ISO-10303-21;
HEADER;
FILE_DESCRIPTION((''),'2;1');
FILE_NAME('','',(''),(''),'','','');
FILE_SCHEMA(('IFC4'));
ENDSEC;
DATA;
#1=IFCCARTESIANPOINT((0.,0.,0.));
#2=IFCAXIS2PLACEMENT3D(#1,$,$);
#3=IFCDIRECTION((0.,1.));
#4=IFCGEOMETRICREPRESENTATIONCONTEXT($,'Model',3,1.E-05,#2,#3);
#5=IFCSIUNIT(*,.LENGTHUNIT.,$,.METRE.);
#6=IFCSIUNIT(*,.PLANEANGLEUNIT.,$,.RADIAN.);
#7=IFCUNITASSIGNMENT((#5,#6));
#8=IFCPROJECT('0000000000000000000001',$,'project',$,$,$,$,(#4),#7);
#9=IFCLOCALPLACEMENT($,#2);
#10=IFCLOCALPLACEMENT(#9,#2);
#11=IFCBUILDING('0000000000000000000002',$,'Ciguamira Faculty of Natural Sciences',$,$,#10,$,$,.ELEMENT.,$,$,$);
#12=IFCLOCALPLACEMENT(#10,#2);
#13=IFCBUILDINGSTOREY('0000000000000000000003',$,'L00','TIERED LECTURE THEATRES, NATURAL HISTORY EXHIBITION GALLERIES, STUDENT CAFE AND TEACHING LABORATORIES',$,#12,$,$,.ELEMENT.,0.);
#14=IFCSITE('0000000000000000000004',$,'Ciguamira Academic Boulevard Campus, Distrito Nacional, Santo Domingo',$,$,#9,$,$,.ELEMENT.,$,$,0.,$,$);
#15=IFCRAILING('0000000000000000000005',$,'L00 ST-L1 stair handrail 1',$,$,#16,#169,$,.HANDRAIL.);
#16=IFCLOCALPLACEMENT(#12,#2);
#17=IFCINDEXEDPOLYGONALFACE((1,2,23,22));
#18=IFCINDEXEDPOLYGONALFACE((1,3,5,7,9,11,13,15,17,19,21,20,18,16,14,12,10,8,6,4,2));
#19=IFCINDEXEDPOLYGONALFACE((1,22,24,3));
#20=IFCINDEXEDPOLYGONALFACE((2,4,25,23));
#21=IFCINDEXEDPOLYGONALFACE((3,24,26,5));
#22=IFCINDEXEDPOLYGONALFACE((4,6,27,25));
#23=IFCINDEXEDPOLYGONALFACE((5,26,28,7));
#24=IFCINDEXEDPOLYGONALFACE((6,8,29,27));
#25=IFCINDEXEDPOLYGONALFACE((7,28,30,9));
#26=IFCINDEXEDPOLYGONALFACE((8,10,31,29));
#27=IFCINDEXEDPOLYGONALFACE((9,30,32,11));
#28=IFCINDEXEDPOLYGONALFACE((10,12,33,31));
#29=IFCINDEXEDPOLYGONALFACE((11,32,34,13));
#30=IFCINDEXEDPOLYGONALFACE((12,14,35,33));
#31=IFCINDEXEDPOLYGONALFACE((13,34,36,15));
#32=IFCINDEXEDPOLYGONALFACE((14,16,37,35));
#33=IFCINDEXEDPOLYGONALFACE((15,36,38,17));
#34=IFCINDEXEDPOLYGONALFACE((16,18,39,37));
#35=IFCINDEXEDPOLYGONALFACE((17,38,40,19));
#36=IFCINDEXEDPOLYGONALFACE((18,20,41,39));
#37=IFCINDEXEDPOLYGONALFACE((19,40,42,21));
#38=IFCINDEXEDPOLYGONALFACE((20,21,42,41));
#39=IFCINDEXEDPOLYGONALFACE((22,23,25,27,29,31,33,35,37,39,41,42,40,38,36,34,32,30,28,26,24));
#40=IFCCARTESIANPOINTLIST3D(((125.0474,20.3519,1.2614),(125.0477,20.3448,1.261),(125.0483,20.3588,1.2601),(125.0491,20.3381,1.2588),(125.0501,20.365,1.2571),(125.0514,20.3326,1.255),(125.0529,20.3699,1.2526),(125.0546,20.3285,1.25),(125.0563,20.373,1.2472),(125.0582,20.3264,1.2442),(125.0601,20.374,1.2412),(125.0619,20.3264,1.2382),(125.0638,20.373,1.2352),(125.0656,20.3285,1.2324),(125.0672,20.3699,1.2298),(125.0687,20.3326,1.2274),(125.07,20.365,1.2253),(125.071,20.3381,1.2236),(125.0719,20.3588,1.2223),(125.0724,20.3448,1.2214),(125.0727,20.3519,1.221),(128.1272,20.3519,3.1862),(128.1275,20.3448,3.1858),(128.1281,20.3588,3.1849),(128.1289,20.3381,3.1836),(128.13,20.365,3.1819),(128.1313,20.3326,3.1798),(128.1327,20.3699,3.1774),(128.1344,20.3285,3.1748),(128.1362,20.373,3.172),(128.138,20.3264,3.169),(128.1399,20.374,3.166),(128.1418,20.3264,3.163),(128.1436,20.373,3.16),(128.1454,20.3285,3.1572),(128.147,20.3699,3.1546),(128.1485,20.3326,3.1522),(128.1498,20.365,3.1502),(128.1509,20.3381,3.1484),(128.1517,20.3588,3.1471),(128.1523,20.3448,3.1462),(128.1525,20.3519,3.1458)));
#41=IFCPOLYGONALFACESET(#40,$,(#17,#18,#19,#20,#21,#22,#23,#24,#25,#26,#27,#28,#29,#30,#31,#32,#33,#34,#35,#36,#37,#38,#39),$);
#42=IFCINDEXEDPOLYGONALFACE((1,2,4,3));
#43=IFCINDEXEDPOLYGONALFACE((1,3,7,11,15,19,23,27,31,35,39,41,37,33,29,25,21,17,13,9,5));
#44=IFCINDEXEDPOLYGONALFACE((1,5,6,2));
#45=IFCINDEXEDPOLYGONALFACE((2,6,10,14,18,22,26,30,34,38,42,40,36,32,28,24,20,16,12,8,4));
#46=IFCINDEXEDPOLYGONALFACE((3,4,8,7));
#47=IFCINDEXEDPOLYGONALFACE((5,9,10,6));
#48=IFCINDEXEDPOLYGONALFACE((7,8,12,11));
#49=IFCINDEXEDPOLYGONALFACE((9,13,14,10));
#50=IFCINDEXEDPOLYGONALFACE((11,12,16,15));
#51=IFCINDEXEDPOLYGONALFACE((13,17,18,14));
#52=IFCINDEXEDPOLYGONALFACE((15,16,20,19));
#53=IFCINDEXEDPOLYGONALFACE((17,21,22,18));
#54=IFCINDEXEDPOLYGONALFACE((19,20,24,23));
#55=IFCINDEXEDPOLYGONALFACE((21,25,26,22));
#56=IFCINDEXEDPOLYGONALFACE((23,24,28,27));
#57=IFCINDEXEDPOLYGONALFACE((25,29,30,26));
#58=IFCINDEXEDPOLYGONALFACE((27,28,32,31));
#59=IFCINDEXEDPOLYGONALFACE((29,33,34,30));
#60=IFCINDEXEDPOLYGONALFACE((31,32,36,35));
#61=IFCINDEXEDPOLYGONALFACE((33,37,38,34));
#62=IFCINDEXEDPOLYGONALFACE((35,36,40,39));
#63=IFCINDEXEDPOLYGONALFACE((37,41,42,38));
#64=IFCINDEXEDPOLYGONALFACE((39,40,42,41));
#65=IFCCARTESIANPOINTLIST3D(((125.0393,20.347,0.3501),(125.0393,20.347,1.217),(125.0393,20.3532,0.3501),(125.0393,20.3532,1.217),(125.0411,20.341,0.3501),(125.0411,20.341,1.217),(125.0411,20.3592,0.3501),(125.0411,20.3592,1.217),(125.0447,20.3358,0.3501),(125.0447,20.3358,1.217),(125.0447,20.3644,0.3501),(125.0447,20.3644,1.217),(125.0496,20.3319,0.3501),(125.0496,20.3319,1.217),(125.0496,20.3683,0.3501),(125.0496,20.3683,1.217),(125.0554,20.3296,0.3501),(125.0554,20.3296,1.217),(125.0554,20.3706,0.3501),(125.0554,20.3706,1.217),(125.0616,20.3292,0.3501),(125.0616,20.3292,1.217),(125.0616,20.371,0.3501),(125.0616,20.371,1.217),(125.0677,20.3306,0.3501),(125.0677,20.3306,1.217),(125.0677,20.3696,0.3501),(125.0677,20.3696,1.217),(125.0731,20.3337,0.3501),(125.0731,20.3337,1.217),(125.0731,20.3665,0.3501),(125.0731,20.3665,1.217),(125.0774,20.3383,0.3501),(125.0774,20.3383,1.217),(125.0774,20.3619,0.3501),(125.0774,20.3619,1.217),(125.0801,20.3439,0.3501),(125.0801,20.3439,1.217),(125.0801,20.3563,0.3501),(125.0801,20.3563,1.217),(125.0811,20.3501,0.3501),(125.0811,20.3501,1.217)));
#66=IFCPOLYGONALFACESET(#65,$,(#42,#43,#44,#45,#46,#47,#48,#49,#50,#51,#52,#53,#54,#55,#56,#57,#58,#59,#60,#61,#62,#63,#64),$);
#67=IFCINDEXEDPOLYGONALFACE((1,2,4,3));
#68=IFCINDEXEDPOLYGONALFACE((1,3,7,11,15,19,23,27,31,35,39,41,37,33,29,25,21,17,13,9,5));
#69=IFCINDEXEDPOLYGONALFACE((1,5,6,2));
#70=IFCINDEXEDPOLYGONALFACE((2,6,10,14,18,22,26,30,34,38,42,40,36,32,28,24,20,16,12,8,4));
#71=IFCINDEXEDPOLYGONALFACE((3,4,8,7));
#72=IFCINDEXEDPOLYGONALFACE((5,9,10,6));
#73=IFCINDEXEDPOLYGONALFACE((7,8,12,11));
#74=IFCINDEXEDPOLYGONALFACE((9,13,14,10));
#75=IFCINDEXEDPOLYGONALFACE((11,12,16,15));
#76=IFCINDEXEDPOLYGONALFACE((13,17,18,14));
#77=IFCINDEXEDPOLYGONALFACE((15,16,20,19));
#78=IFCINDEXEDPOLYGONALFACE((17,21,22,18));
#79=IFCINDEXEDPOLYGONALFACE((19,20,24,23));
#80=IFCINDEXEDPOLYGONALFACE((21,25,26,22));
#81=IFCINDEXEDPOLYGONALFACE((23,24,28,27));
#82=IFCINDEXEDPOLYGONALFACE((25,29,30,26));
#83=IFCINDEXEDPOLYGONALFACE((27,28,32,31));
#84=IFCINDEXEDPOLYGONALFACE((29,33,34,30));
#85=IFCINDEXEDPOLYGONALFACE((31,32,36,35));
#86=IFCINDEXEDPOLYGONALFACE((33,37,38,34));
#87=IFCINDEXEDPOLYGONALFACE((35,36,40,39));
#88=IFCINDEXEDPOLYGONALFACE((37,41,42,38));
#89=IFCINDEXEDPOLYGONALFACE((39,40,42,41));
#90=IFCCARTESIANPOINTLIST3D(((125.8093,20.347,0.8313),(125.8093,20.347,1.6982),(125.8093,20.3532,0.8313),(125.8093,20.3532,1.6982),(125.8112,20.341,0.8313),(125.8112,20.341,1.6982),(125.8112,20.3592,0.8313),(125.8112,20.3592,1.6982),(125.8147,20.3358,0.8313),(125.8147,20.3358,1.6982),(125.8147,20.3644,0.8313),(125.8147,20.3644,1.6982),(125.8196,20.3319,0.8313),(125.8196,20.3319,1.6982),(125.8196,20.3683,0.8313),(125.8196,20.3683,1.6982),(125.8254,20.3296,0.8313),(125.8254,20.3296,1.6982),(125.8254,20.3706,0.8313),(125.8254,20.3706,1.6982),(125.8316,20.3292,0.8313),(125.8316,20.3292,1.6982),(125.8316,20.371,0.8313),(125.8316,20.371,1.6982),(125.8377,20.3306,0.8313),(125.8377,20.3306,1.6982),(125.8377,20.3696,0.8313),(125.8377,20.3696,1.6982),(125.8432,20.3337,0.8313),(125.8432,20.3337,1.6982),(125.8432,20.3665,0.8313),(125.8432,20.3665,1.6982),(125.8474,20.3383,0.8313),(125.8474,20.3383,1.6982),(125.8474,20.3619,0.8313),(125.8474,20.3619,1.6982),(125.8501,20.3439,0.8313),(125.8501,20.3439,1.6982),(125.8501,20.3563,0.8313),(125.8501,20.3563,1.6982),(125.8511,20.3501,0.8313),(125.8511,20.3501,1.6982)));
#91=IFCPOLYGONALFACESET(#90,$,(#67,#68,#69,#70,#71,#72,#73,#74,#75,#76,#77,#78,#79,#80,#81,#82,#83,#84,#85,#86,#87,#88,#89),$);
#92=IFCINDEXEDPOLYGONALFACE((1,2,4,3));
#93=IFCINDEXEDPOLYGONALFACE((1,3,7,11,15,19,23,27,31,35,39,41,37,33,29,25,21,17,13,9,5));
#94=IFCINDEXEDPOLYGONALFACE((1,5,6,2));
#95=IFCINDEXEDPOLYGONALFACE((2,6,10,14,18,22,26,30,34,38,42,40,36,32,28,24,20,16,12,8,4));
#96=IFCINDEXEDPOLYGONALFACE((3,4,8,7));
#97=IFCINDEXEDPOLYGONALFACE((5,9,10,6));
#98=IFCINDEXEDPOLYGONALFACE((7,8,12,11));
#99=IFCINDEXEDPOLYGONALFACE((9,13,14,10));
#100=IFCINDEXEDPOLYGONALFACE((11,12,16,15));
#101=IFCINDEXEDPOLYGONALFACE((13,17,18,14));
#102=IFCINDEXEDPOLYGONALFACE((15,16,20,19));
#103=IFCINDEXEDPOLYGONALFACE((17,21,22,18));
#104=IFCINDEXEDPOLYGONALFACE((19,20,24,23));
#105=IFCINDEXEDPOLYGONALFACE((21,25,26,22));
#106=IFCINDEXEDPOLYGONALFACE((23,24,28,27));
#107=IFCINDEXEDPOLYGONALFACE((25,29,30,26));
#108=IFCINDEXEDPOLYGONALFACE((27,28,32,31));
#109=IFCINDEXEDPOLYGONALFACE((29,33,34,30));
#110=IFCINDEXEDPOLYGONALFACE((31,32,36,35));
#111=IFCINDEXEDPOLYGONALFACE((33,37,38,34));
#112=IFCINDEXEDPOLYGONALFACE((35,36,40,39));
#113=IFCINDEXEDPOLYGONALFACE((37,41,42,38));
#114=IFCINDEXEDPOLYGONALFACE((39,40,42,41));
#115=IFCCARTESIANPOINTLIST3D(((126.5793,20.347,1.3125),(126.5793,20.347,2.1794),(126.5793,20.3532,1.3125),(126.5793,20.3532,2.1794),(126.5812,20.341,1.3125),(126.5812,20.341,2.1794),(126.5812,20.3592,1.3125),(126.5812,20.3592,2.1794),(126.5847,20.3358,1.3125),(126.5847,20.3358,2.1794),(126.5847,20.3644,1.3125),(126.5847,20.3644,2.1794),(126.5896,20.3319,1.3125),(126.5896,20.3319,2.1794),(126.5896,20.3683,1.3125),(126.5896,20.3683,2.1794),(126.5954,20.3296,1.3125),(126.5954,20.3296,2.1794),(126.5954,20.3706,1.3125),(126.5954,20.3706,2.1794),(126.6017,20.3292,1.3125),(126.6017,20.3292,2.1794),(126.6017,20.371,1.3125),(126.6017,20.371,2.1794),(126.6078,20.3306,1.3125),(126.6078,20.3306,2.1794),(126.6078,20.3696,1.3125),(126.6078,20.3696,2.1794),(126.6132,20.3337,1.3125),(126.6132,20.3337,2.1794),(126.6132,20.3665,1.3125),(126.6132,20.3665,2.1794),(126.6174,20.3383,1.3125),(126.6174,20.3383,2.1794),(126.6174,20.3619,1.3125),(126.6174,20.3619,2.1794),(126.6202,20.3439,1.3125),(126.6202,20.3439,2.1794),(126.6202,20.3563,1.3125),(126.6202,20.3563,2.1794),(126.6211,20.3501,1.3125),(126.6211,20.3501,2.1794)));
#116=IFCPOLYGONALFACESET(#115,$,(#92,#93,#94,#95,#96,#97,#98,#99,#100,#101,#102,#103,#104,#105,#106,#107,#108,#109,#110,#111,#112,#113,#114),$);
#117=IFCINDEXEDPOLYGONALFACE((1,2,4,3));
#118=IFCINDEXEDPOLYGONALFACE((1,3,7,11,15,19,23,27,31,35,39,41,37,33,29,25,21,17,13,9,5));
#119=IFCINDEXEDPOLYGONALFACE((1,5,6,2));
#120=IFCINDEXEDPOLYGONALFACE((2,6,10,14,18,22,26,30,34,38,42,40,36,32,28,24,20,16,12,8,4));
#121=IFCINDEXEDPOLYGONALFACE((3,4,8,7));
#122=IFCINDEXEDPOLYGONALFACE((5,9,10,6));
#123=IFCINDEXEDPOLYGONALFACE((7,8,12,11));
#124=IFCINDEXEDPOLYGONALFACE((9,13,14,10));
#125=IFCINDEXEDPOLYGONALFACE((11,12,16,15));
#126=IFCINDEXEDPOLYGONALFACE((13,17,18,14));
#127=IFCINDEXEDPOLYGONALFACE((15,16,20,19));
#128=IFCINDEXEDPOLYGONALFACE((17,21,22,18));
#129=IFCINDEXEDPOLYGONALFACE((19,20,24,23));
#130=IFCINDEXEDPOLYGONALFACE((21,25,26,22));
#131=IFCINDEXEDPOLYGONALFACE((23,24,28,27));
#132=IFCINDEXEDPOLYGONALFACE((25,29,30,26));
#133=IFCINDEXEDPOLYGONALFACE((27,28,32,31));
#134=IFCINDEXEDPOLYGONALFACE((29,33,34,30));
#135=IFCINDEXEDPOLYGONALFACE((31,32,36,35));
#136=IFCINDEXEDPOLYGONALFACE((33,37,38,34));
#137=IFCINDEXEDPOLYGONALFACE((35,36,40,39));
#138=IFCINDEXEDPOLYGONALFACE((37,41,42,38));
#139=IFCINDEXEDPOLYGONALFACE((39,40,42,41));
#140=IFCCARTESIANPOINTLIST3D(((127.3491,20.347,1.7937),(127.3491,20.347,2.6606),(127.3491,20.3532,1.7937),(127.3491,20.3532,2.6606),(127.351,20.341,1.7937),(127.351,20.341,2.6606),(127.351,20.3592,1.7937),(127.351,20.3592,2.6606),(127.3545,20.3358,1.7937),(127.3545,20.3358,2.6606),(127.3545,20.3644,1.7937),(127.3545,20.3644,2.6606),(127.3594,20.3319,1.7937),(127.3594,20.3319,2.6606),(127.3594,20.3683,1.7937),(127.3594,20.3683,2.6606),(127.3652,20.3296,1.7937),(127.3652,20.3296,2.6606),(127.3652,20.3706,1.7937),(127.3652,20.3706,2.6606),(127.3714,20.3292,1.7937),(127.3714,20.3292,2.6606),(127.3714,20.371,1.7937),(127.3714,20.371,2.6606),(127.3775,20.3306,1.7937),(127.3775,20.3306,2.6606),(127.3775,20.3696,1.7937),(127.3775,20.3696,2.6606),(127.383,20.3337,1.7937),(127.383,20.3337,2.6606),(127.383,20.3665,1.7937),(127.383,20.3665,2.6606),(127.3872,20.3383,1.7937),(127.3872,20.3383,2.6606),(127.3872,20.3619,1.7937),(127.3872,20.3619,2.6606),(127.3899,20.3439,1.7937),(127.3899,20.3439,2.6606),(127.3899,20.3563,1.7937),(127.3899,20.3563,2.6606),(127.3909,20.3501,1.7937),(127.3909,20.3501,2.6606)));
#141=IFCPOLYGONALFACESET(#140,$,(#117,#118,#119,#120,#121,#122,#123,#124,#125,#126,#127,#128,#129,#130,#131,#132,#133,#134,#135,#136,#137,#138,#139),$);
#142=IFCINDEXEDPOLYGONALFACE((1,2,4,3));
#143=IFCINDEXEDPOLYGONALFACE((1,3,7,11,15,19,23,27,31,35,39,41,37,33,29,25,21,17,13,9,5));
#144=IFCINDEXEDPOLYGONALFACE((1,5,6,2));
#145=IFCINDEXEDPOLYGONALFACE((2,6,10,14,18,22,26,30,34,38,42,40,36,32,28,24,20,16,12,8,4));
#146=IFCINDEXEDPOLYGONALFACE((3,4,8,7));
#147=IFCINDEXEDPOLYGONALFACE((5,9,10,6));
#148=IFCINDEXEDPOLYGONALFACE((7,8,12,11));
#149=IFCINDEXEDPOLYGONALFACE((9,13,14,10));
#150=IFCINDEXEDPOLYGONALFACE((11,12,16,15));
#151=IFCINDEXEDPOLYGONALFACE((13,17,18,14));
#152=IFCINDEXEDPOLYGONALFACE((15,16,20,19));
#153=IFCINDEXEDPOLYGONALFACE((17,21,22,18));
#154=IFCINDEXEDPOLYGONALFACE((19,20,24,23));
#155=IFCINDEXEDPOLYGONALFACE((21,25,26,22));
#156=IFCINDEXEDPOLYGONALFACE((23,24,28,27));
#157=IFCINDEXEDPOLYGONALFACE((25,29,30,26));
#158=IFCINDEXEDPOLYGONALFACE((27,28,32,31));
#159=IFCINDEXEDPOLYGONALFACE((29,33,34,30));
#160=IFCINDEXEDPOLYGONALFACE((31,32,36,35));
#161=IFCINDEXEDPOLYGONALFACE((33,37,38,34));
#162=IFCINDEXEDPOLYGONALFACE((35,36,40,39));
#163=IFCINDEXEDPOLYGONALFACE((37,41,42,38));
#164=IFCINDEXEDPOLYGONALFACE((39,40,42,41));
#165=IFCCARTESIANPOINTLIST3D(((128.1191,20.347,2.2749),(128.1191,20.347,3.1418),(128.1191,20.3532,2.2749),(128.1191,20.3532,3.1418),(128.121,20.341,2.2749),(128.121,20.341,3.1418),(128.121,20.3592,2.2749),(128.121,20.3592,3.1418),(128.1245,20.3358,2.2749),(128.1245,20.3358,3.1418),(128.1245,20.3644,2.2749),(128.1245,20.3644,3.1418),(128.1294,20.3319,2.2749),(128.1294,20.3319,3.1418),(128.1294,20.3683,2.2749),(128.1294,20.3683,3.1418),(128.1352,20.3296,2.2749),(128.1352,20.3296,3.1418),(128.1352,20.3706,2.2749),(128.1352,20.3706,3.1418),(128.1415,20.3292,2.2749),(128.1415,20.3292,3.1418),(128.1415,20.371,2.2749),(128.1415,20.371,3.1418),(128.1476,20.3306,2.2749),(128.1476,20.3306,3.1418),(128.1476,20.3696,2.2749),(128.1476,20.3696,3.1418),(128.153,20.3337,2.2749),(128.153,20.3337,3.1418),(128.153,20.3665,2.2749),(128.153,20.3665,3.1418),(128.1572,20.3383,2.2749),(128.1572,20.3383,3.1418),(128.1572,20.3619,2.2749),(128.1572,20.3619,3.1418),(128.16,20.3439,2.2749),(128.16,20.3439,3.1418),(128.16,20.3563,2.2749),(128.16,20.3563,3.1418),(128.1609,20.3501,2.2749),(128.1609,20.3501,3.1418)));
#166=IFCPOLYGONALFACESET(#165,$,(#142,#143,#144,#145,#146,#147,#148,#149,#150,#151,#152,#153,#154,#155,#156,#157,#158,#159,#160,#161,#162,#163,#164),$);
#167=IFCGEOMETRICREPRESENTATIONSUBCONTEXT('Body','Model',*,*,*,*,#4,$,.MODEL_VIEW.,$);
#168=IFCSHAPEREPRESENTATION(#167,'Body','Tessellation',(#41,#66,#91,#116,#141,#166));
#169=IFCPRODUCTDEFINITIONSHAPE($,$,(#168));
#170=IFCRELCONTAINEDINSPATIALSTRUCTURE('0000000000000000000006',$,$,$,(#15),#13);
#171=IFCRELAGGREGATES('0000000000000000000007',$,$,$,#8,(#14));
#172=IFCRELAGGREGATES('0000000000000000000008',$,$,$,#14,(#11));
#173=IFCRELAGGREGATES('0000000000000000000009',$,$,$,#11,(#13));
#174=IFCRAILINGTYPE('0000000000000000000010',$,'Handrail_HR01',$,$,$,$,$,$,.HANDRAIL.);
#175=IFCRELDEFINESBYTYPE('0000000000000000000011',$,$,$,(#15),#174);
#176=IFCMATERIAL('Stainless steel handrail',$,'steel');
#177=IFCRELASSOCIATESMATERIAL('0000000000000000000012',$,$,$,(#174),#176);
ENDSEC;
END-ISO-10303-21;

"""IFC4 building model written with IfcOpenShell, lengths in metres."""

from ifc_helpers import new_model, si_unit, direction, frame, origin, origin_2d, place, context, subcontext, project, spatial, circle, extrude, material, type_object, element, save


model = new_model("IFC4")

# Units and contexts
model_context = context("Model", 3, precision=1e-05, world=origin(), true_north=direction((0.0, 1.0)))
body_context = subcontext(model_context, "Body", "Model", "MODEL_VIEW")
ifc_project = project(units=[si_unit("LENGTHUNIT", "METRE"), si_unit("PLANEANGLEUNIT", "RADIAN")], contexts=[model_context])

# Site, building, storey
site_placement = place(None, origin())
site = spatial("IfcSite", under=ifc_project, at=site_placement, Name="Ciguamira Academic Boulevard Campus, Distrito Nacional, Santo Domingo", CompositionType="ELEMENT", RefElevation=0.0)
building_placement = place(site_placement, origin())
building = spatial("IfcBuilding", under=site, at=building_placement, Name="Ciguamira Faculty of Natural Sciences", CompositionType="ELEMENT")
storey_placement = place(building_placement, origin())
storey = spatial("IfcBuildingStorey", under=building, at=storey_placement, Name="L00", Description="TIERED LECTURE THEATRES, NATURAL HISTORY EXHIBITION GALLERIES, STUDENT CAFE AND TEACHING LABORATORIES", CompositionType="ELEMENT", Elevation=0.0)

# Railing
ifc_material_1 = material(Name="Stainless steel handrail", Category="steel")
railing_type_1 = type_object("IfcRailingType", Name="Handrail_HR01", PredefinedType="HANDRAIL", material=ifc_material_1)
railing_1_placement = place(storey_placement, frame((125.0601, 20.3501, 0.3501)))
element("IfcRailing", 1, at=railing_1_placement, inside=storey, type_object=railing_type_1, Name="L00 ST-L1 stair handrail 1", PredefinedType="HANDRAIL", context=body_context, shape_type="SweptSolid", body=[
    extrude(circle(Radius=0.0239, at=origin_2d()), frame((0.0, 0.0, 0.8911), z_axis=(0.84801, 0.0, 0.529981), x_axis=(0.0, 1.0, 0.0)), (0.0, 0.0, 1.0), 3.6318),
    extrude(circle(Radius=0.021, at=origin_2d()), origin(), (0.0, 0.0, 1.0), 0.8669),
    extrude(circle(Radius=0.021, at=origin_2d()), frame((0.77, 0.0, 0.4812)), (0.0, 0.0, 1.0), 0.8669),
    extrude(circle(Radius=0.021, at=origin_2d()), frame((1.54, 0.0, 0.9624)), (0.0, 0.0, 1.0), 0.8669),
    extrude(circle(Radius=0.021, at=origin_2d()), frame((2.3098, 0.0, 1.4436)), (0.0, 0.0, 1.0), 0.8669),
    extrude(circle(Radius=0.021, at=origin_2d()), frame((3.0798, 0.0, 1.9248)), (0.0, 0.0, 1.0), 0.8669),
])

save(model, "model.ifc")
